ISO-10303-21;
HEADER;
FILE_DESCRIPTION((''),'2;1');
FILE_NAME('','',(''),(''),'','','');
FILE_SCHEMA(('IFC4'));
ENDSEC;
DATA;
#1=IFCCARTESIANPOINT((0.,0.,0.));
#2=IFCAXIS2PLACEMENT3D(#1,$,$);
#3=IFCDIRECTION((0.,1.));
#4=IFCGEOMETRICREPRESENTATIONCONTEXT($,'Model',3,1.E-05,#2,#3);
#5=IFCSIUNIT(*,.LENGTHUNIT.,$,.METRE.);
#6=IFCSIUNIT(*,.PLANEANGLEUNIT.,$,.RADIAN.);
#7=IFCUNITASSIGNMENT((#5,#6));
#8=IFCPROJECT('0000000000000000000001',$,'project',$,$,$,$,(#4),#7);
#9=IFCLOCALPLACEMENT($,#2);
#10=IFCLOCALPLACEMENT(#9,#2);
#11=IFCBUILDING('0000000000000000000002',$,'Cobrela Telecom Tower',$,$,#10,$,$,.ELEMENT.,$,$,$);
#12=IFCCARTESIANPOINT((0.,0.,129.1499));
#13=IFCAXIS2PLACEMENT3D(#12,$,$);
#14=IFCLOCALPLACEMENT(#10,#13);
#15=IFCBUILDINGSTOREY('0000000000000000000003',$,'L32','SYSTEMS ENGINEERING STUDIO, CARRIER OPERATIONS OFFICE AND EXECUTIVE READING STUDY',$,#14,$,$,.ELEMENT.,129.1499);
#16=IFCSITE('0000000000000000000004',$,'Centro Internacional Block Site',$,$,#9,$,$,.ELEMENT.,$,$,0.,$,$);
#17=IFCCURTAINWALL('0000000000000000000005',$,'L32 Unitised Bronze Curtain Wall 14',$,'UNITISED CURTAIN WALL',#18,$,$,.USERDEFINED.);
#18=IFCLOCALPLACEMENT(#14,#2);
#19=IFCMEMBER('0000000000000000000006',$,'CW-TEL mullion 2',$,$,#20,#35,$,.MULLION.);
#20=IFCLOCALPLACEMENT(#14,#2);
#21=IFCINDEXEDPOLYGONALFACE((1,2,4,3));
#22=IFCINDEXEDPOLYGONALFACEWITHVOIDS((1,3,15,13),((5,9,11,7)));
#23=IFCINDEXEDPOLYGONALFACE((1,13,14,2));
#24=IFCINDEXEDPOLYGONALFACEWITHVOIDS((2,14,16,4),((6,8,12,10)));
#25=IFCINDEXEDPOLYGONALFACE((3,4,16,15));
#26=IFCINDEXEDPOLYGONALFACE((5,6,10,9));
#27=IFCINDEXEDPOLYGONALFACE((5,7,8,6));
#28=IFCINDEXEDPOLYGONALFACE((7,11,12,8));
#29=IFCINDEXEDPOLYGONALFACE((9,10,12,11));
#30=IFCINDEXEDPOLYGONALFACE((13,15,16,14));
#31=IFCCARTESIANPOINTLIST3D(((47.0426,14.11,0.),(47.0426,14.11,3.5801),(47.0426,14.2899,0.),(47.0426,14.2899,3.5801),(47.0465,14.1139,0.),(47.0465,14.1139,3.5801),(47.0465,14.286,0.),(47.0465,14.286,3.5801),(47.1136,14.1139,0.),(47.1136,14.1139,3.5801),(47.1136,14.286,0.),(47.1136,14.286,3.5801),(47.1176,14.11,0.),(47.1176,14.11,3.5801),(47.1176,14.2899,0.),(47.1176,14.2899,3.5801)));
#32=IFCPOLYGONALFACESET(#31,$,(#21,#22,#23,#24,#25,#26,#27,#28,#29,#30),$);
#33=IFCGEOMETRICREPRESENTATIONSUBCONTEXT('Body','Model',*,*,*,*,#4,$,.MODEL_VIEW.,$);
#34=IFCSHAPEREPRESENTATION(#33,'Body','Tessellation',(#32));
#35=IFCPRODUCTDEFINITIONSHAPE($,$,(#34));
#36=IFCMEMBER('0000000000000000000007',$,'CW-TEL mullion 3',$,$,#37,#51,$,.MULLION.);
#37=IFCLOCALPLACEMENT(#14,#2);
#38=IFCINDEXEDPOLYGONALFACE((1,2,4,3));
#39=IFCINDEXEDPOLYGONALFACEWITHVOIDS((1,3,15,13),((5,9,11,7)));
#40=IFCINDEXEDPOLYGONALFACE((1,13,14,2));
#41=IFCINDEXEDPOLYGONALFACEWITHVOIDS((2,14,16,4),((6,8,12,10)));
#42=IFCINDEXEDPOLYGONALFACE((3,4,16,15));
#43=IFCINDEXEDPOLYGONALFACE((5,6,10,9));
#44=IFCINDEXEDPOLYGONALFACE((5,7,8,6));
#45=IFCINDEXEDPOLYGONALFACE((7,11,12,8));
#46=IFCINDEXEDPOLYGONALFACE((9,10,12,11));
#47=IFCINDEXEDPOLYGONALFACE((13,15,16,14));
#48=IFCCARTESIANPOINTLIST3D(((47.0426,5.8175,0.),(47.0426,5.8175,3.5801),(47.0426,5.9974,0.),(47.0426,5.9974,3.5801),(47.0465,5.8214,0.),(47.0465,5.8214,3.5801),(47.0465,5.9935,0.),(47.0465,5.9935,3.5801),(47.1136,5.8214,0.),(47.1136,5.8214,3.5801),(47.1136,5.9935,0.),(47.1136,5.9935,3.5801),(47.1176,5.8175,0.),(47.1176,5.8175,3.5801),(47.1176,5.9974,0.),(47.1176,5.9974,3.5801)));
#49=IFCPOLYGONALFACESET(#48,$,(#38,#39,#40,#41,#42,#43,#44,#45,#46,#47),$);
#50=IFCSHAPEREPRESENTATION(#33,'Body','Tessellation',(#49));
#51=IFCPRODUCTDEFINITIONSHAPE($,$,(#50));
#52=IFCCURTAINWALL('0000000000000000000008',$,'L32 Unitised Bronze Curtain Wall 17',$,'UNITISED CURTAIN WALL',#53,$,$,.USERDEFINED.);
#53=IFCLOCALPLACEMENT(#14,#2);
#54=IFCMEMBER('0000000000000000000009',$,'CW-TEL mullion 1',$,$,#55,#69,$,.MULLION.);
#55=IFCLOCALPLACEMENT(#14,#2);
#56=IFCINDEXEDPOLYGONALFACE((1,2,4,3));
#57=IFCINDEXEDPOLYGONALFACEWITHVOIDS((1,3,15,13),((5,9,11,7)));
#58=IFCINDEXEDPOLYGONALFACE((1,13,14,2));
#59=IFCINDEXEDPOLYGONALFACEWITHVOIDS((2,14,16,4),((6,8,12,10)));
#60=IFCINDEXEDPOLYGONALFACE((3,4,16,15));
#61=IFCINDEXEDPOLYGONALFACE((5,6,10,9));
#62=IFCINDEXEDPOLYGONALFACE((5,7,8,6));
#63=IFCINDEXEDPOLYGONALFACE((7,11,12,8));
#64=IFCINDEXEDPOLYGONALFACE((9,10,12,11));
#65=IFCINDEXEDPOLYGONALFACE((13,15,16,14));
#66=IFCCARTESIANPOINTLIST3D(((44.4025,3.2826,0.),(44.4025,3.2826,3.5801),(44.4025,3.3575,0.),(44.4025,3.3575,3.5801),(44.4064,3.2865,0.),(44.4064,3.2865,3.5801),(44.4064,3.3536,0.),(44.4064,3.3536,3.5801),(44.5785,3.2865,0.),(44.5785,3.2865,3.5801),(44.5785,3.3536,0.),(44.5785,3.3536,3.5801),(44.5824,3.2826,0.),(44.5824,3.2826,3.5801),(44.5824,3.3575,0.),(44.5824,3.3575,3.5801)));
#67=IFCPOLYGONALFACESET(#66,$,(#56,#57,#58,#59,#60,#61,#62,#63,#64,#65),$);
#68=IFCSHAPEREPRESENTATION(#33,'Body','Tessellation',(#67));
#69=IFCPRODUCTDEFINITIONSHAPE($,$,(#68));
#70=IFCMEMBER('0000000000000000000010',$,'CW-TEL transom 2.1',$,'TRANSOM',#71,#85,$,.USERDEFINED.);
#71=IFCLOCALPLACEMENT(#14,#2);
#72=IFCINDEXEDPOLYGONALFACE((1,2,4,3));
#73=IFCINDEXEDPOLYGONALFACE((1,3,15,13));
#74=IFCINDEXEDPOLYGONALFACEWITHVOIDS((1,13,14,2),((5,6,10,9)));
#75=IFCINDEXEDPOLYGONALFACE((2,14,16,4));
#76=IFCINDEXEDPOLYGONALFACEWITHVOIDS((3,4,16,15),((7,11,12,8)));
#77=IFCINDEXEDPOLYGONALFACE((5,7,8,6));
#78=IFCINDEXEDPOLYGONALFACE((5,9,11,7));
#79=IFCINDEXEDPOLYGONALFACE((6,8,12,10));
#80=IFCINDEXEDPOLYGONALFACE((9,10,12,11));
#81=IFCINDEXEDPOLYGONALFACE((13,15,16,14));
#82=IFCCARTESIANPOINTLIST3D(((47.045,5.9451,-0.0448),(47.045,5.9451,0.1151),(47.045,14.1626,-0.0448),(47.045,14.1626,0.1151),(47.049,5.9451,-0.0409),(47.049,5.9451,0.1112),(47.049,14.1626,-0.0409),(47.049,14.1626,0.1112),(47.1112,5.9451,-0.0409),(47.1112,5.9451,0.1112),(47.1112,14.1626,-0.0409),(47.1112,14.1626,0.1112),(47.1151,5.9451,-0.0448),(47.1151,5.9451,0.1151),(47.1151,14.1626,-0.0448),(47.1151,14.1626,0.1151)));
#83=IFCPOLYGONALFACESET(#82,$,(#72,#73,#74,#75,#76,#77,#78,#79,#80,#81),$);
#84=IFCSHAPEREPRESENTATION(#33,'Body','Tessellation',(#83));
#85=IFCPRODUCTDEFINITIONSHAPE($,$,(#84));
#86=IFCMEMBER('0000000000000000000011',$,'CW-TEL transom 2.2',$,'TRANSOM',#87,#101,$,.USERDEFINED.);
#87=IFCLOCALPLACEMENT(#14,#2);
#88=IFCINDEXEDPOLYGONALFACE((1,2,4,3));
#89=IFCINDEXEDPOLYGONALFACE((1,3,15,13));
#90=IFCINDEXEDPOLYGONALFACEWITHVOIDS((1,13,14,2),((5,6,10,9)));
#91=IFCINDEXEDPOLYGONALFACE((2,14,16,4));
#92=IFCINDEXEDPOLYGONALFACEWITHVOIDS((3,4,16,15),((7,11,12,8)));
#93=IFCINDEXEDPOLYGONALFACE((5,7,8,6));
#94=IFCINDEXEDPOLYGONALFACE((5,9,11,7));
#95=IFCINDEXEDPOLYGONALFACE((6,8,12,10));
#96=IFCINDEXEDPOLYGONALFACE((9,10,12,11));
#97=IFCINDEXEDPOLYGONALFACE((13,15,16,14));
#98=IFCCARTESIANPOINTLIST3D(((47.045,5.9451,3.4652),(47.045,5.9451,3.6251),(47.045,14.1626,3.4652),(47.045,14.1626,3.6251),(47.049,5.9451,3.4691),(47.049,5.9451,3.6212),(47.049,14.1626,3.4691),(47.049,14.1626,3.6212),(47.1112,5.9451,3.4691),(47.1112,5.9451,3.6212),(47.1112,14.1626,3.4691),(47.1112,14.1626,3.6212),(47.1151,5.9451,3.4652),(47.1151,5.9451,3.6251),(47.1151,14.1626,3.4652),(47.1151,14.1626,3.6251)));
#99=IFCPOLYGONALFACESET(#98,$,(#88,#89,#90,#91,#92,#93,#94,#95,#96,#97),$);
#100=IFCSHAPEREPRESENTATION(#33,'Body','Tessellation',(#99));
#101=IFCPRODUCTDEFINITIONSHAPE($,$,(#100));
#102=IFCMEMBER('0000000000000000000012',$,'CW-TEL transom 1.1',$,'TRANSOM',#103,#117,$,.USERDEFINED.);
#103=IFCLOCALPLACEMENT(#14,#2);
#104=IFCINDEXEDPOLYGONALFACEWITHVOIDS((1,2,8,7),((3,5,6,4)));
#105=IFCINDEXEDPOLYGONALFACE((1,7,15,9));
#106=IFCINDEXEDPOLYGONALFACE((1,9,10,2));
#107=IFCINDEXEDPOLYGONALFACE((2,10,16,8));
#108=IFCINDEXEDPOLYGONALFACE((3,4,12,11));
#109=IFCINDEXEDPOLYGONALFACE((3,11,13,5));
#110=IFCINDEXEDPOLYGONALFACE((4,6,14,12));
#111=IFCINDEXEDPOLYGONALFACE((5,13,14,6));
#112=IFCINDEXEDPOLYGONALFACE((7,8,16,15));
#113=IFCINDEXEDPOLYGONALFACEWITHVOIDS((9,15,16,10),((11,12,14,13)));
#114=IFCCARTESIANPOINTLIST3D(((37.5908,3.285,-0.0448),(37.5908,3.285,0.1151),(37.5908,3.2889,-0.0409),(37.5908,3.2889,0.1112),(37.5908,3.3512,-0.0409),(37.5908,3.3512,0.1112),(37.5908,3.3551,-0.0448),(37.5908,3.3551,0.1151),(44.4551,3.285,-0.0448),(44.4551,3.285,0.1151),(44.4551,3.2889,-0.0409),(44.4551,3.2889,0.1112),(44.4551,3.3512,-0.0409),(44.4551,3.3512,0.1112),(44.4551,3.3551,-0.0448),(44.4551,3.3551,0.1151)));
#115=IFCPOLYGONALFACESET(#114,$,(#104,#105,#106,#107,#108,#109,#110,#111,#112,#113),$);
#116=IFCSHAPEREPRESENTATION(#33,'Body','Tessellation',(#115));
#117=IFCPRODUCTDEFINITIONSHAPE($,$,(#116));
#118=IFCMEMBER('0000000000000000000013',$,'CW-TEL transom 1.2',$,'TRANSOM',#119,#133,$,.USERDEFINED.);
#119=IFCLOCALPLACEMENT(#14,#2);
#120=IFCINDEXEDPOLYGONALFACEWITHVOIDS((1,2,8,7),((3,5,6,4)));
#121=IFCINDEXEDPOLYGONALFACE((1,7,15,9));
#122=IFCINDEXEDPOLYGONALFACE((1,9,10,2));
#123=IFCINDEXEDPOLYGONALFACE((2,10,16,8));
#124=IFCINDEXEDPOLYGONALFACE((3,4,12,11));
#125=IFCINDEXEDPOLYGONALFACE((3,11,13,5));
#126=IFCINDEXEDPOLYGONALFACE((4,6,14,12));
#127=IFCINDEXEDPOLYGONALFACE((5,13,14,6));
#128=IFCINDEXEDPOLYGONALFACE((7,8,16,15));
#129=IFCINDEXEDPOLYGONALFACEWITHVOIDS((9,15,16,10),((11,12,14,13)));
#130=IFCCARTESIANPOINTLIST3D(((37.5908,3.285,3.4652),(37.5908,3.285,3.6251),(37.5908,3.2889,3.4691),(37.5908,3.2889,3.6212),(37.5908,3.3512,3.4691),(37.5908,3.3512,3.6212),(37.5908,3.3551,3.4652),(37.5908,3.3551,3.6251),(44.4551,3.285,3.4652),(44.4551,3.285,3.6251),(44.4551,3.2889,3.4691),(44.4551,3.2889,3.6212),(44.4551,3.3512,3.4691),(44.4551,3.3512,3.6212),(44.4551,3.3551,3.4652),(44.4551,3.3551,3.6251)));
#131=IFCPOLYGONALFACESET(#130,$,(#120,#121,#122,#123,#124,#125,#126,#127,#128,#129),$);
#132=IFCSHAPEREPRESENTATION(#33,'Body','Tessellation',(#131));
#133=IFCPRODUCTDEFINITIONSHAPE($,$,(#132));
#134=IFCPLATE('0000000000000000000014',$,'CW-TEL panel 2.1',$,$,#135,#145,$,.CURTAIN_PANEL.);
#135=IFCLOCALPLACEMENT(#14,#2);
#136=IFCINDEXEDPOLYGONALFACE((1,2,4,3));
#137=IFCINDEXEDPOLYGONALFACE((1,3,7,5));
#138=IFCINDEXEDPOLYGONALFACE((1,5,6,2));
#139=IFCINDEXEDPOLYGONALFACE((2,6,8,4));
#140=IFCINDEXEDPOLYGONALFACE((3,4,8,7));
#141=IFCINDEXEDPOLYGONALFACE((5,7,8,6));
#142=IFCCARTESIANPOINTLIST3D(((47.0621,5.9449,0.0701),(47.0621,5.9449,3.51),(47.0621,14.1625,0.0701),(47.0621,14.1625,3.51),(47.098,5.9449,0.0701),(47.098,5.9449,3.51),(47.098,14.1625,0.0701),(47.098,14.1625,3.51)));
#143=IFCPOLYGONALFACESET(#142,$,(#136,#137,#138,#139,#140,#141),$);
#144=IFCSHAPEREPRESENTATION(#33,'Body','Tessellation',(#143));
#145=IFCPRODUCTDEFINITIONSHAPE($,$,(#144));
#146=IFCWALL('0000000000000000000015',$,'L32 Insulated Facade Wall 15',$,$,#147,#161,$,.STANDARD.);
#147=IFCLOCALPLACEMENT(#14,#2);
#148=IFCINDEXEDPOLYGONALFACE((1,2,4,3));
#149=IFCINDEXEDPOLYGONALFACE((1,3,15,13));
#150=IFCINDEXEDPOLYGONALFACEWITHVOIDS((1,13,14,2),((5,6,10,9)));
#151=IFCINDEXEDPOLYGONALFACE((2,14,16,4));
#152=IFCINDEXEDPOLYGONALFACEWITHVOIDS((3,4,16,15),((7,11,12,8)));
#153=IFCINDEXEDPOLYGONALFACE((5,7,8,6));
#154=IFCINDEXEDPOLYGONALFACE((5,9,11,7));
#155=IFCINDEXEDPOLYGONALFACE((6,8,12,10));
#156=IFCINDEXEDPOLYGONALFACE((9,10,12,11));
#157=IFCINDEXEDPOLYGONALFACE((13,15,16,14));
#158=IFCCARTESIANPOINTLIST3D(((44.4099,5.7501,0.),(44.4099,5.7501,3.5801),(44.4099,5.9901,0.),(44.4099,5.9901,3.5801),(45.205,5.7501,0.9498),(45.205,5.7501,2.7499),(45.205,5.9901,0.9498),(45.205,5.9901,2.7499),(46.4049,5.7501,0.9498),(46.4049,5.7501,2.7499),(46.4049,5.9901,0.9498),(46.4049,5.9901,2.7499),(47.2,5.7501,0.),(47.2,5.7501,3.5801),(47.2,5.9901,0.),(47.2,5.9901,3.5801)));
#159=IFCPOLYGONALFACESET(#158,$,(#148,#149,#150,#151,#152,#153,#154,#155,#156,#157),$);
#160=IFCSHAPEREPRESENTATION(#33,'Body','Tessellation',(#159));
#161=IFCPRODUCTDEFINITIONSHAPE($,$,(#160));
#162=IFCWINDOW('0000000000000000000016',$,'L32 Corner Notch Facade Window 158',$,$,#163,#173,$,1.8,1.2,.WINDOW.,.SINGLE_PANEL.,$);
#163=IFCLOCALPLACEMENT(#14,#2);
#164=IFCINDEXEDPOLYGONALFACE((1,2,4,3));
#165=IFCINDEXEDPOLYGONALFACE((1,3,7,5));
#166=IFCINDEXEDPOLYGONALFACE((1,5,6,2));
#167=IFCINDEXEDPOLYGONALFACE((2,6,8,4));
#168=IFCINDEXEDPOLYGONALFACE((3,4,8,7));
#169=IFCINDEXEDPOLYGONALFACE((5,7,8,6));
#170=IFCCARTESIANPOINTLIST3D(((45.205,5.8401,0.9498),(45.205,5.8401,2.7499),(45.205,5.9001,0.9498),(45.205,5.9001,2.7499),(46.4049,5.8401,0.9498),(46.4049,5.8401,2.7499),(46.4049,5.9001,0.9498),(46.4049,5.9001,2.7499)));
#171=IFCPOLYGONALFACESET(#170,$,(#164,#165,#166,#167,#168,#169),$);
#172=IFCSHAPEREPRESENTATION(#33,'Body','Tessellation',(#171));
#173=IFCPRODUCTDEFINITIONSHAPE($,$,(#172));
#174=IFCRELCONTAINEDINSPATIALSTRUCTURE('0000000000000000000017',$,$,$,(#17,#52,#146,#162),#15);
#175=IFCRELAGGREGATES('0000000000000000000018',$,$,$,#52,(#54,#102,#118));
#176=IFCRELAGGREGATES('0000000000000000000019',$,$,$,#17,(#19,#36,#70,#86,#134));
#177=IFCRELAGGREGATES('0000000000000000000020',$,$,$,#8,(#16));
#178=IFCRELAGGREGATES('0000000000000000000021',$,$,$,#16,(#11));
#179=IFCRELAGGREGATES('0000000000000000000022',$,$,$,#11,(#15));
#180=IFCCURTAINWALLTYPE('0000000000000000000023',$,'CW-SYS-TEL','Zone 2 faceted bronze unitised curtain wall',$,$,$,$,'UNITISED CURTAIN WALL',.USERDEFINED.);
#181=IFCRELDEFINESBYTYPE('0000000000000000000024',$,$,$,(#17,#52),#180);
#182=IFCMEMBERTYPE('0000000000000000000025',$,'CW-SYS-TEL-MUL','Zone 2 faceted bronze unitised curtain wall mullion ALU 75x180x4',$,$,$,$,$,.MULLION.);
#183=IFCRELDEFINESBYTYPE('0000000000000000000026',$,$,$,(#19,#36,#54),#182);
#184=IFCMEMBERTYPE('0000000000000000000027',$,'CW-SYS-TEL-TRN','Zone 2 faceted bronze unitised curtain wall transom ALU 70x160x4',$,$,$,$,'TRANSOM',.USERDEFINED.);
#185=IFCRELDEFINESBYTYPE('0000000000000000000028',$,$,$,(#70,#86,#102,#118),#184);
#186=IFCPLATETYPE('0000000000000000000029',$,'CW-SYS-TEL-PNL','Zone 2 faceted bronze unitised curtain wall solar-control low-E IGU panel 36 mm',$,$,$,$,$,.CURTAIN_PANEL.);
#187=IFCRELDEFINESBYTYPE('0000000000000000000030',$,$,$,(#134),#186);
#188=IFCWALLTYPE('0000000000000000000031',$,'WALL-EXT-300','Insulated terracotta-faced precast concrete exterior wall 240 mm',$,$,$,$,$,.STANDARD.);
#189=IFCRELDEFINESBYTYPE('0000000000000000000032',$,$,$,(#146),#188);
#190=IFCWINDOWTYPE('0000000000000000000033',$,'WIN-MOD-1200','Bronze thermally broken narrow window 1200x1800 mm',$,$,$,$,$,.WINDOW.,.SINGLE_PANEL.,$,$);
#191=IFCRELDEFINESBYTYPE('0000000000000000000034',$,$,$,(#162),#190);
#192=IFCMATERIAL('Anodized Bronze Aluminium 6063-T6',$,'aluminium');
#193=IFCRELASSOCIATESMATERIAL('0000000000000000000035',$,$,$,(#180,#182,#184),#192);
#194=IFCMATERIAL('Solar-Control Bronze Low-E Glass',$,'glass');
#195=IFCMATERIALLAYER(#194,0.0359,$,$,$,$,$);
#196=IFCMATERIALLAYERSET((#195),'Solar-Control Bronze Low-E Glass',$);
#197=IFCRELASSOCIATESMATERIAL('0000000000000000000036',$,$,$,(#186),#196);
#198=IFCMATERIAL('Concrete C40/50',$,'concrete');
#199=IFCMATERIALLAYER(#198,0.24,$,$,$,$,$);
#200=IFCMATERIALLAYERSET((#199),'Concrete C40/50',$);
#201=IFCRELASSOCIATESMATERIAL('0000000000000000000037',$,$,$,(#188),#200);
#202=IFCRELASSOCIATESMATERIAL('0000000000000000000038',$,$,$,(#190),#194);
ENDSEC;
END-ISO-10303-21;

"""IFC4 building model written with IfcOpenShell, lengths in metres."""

from ifc_helpers import new_model, si_unit, direction, frame, frame_2d, origin, origin_2d, place, context, subcontext, project, spatial, rectangle, hollow_rectangle, extrude, material, layer, layer_set, material_profile, profile_set, type_object, element, fill, aggregate, save


model = new_model("IFC4")

# Units and contexts
model_context = context("Model", 3, precision=1e-05, world=origin(), true_north=direction((0.0, 1.0)))
body_context = subcontext(model_context, "Body", "Model", "MODEL_VIEW")
ifc_project = project(units=[si_unit("LENGTHUNIT", "METRE"), si_unit("PLANEANGLEUNIT", "RADIAN")], contexts=[model_context])

# Site, building, storey
site_placement = place(None, origin())
site = spatial("IfcSite", under=ifc_project, at=site_placement, Name="Centro Internacional Block Site", CompositionType="ELEMENT", RefElevation=0.0)
building_placement = place(site_placement, origin())
building = spatial("IfcBuilding", under=site, at=building_placement, Name="Cobrela Telecom Tower", CompositionType="ELEMENT")
storey_placement = place(building_placement, frame((0.0, 0.0, 129.1499)))
storey = spatial("IfcBuildingStorey", under=building, at=storey_placement, Name="L32", Description="SYSTEMS ENGINEERING STUDIO, CARRIER OPERATIONS OFFICE AND EXECUTIVE READING STUDY", CompositionType="ELEMENT", Elevation=129.1499)

# Curtain wall, members
ifc_material_1 = material(Name="Anodized Bronze Aluminium 6063-T6", Category="aluminium")
curtain_wall_type = type_object("IfcCurtainWallType", Name="CW-SYS-TEL", Description="Zone 2 faceted bronze unitised curtain wall", ElementType="UNITISED CURTAIN WALL", PredefinedType="USERDEFINED", material=ifc_material_1)
curtain_wall_1_placement = place(storey_placement, origin())
curtain_wall_1 = element("IfcCurtainWall", 1, at=curtain_wall_1_placement, inside=storey, type_object=curtain_wall_type, Name="L32 Unitised Bronze Curtain Wall 14", ObjectType="UNITISED CURTAIN WALL", PredefinedType="USERDEFINED")
ifc_material_profile_1 = material_profile(ifc_material_1, hollow_rectangle(XDim=0.075, YDim=0.1799, WallThickness=0.0039, at=origin_2d()), Name="ALU 75x180x4")
ifc_profile_set_1 = profile_set([ifc_material_profile_1], Name="Anodized Bronze Aluminium 6063-T6")
member_type_1 = type_object("IfcMemberType", Name="CW-SYS-TEL-MUL", Description="Zone 2 faceted bronze unitised curtain wall mullion ALU 75x180x4", PredefinedType="MULLION", material=ifc_profile_set_1)
member_1_placement = place(storey_placement, frame((47.0801, 14.2, 0.0), z_axis=(0.0, 0.0, 1.0), x_axis=(1.0, 0.0, 0.0)))
member_1 = element("IfcMember", 2, at=member_1_placement, type_object=member_type_1, Name="CW-TEL mullion 2", PredefinedType="MULLION", context=body_context, shape_type="SweptSolid", body=[
    extrude(hollow_rectangle(XDim=0.075, YDim=0.1799, WallThickness=0.0039, at=origin_2d()), origin(), (0.0, 0.0, 1.0), 3.5801),
])
member_2_placement = place(storey_placement, frame((47.0801, 5.9075, 0.0), z_axis=(0.0, 0.0, 1.0), x_axis=(1.0, 0.0, 0.0)))
member_2 = element("IfcMember", 3, at=member_2_placement, type_object=member_type_1, Name="CW-TEL mullion 3", PredefinedType="MULLION", context=body_context, shape_type="SweptSolid", body=[
    extrude(hollow_rectangle(XDim=0.075, YDim=0.1799, WallThickness=0.0039, at=origin_2d()), origin(), (0.0, 0.0, 1.0), 3.5801),
])

# Curtain wall, member
curtain_wall_2_placement = place(storey_placement, origin())
curtain_wall_2 = element("IfcCurtainWall", 4, at=curtain_wall_2_placement, inside=storey, type_object=curtain_wall_type, Name="L32 Unitised Bronze Curtain Wall 17", ObjectType="UNITISED CURTAIN WALL", PredefinedType="USERDEFINED")
member_3_placement = place(storey_placement, frame((44.4924, 3.3201, 0.0), z_axis=(0.0, 0.0, 1.0), x_axis=(0.0, -1.0, 0.0)))
member_3 = element("IfcMember", 5, at=member_3_placement, type_object=member_type_1, Name="CW-TEL mullion 1", PredefinedType="MULLION", context=body_context, shape_type="SweptSolid", body=[
    extrude(hollow_rectangle(XDim=0.075, YDim=0.1799, WallThickness=0.0039, at=origin_2d()), origin(), (0.0, 0.0, 1.0), 3.5801),
])

# Members
ifc_material_profile_2 = material_profile(ifc_material_1, hollow_rectangle(XDim=0.0701, YDim=0.1599, WallThickness=0.0039, at=origin_2d()), Name="ALU 70x160x4")
ifc_profile_set_2 = profile_set([ifc_material_profile_2], Name="Anodized Bronze Aluminium 6063-T6")
member_type_2 = type_object("IfcMemberType", Name="CW-SYS-TEL-TRN", Description="Zone 2 faceted bronze unitised curtain wall transom ALU 70x160x4", ElementType="TRANSOM", PredefinedType="USERDEFINED", material=ifc_profile_set_2)
member_4_placement = place(storey_placement, frame((47.0801, 14.1626, 0.0352), z_axis=(0.0, -1.0, 0.0), x_axis=(1.0, 0.0, 0.0)))
member_4 = element("IfcMember", 6, at=member_4_placement, type_object=member_type_2, Name="CW-TEL transom 2.1", ObjectType="TRANSOM", PredefinedType="USERDEFINED", context=body_context, shape_type="SweptSolid", body=[
    extrude(hollow_rectangle(XDim=0.0701, YDim=0.1599, WallThickness=0.0039, at=origin_2d()), origin(), (0.0, 0.0, 1.0), 8.2175),
])
member_5_placement = place(storey_placement, frame((47.0801, 14.1626, 3.5452), z_axis=(0.0, -1.0, 0.0), x_axis=(1.0, 0.0, 0.0)))
member_5 = element("IfcMember", 7, at=member_5_placement, type_object=member_type_2, Name="CW-TEL transom 2.2", ObjectType="TRANSOM", PredefinedType="USERDEFINED", context=body_context, shape_type="SweptSolid", body=[
    extrude(hollow_rectangle(XDim=0.0701, YDim=0.1599, WallThickness=0.0039, at=origin_2d()), origin(), (0.0, 0.0, 1.0), 8.2175),
])
member_6_placement = place(storey_placement, frame((44.4551, 3.3201, 0.0352), z_axis=(-1.0, 0.0, 0.0), x_axis=(0.0, -1.0, 0.0)))
member_6 = element("IfcMember", 8, at=member_6_placement, type_object=member_type_2, Name="CW-TEL transom 1.1", ObjectType="TRANSOM", PredefinedType="USERDEFINED", context=body_context, shape_type="SweptSolid", body=[
    extrude(hollow_rectangle(XDim=0.0701, YDim=0.1599, WallThickness=0.0039, at=origin_2d()), origin(), (0.0, 0.0, 1.0), 6.8643),
])
member_7_placement = place(storey_placement, frame((44.4551, 3.3201, 3.5452), z_axis=(-1.0, 0.0, 0.0), x_axis=(0.0, -1.0, 0.0)))
member_7 = element("IfcMember", 9, at=member_7_placement, type_object=member_type_2, Name="CW-TEL transom 1.2", ObjectType="TRANSOM", PredefinedType="USERDEFINED", context=body_context, shape_type="SweptSolid", body=[
    extrude(hollow_rectangle(XDim=0.0701, YDim=0.1599, WallThickness=0.0039, at=origin_2d()), origin(), (0.0, 0.0, 1.0), 6.8643),
])
aggregate(curtain_wall_2, [member_3, member_6, member_7])

# Plate
ifc_material_2 = material(Name="Solar-Control Bronze Low-E Glass", Category="glass")
ifc_layer_1 = layer(ifc_material_2, 0.0359)
ifc_layer_set_1 = layer_set([ifc_layer_1], Name="Solar-Control Bronze Low-E Glass")
plate_type = type_object("IfcPlateType", Name="CW-SYS-TEL-PNL", Description="Zone 2 faceted bronze unitised curtain wall solar-control low-E IGU panel 36 mm", PredefinedType="CURTAIN_PANEL", material=ifc_layer_set_1)
plate_placement = place(storey_placement, frame((47.0801, 10.0537, 0.0701), z_axis=(0.0, 0.0, 1.0), x_axis=(0.0, -1.0, 0.0)))
plate = element("IfcPlate", 10, at=plate_placement, type_object=plate_type, Name="CW-TEL panel 2.1", PredefinedType="CURTAIN_PANEL", context=body_context, shape_type="SweptSolid", body=[
    extrude(rectangle(XDim=8.2175, YDim=0.0359, at=origin_2d()), origin(), (0.0, 0.0, 1.0), 3.4399),
])
aggregate(curtain_wall_1, [member_1, member_2, member_4, member_5, plate])

# Wall, opening, window
ifc_material_3 = material(Name="Concrete C40/50", Category="concrete")
ifc_layer_2 = layer(ifc_material_3, 0.24)
ifc_layer_set_2 = layer_set([ifc_layer_2], Name="Concrete C40/50")
wall_type = type_object("IfcWallType", Name="WALL-EXT-300", Description="Insulated terracotta-faced precast concrete exterior wall 240 mm", PredefinedType="STANDARD", material=ifc_layer_set_2)
wall_1_placement = place(storey_placement, frame((47.2, 5.8701, 0.0), z_axis=(0.0, 0.0, 1.0), x_axis=(-1.0, 0.0, 0.0)))
wall_1 = element("IfcWall", 11, at=wall_1_placement, inside=storey, type_object=wall_type, Name="L32 Insulated Facade Wall 15", PredefinedType="STANDARD", context=body_context, shape_type="SweptSolid", body=[
    extrude(rectangle(XDim=2.79, YDim=0.24, at=frame_2d((1.395, 0.0))), origin(), (0.0, 0.0, 1.0), 3.5801),
])
opening_1_placement = place(wall_1_placement, frame((0.7949, 0.0, 0.95)))
opening_1 = element("IfcOpeningElement", 12, at=opening_1_placement, cuts=wall_1, PredefinedType="OPENING", context=body_context, shape_type="SweptSolid", body=[
    extrude(rectangle(XDim=1.2, YDim=1.8, at=frame_2d((0.6001, 0.8999))), frame((0.0, 0.1318, 0.0), z_axis=(0.0, -1.0, 0.0), x_axis=(1.0, 0.0, 0.0)), (0.0, 0.0, 1.0), 0.2639),
])
window_type_1 = type_object("IfcWindowType", Name="WIN-MOD-1200", Description="Bronze thermally broken narrow window 1200x1800 mm", PartitioningType="SINGLE_PANEL", PredefinedType="WINDOW", material=ifc_material_2)
window_1_placement = place(opening_1_placement, origin())
window_1 = element("IfcWindow", 13, at=window_1_placement, inside=storey, type_object=window_type_1, Name="L32 Corner Notch Facade Window 158", OverallHeight=1.8, OverallWidth=1.2, PartitioningType="SINGLE_PANEL", PredefinedType="WINDOW", context=body_context, shape_type="SweptSolid", body=[
    extrude(rectangle(XDim=1.2, YDim=1.8, at=frame_2d((0.6001, 0.8999))), frame((0.0, 0.03, 0.0), z_axis=(0.0, -1.0, 0.0), x_axis=(1.0, 0.0, 0.0)), (0.0, 0.0, 1.0), 0.0601),
])
fill(opening_1, window_1)

save(model, "model.ifc")
